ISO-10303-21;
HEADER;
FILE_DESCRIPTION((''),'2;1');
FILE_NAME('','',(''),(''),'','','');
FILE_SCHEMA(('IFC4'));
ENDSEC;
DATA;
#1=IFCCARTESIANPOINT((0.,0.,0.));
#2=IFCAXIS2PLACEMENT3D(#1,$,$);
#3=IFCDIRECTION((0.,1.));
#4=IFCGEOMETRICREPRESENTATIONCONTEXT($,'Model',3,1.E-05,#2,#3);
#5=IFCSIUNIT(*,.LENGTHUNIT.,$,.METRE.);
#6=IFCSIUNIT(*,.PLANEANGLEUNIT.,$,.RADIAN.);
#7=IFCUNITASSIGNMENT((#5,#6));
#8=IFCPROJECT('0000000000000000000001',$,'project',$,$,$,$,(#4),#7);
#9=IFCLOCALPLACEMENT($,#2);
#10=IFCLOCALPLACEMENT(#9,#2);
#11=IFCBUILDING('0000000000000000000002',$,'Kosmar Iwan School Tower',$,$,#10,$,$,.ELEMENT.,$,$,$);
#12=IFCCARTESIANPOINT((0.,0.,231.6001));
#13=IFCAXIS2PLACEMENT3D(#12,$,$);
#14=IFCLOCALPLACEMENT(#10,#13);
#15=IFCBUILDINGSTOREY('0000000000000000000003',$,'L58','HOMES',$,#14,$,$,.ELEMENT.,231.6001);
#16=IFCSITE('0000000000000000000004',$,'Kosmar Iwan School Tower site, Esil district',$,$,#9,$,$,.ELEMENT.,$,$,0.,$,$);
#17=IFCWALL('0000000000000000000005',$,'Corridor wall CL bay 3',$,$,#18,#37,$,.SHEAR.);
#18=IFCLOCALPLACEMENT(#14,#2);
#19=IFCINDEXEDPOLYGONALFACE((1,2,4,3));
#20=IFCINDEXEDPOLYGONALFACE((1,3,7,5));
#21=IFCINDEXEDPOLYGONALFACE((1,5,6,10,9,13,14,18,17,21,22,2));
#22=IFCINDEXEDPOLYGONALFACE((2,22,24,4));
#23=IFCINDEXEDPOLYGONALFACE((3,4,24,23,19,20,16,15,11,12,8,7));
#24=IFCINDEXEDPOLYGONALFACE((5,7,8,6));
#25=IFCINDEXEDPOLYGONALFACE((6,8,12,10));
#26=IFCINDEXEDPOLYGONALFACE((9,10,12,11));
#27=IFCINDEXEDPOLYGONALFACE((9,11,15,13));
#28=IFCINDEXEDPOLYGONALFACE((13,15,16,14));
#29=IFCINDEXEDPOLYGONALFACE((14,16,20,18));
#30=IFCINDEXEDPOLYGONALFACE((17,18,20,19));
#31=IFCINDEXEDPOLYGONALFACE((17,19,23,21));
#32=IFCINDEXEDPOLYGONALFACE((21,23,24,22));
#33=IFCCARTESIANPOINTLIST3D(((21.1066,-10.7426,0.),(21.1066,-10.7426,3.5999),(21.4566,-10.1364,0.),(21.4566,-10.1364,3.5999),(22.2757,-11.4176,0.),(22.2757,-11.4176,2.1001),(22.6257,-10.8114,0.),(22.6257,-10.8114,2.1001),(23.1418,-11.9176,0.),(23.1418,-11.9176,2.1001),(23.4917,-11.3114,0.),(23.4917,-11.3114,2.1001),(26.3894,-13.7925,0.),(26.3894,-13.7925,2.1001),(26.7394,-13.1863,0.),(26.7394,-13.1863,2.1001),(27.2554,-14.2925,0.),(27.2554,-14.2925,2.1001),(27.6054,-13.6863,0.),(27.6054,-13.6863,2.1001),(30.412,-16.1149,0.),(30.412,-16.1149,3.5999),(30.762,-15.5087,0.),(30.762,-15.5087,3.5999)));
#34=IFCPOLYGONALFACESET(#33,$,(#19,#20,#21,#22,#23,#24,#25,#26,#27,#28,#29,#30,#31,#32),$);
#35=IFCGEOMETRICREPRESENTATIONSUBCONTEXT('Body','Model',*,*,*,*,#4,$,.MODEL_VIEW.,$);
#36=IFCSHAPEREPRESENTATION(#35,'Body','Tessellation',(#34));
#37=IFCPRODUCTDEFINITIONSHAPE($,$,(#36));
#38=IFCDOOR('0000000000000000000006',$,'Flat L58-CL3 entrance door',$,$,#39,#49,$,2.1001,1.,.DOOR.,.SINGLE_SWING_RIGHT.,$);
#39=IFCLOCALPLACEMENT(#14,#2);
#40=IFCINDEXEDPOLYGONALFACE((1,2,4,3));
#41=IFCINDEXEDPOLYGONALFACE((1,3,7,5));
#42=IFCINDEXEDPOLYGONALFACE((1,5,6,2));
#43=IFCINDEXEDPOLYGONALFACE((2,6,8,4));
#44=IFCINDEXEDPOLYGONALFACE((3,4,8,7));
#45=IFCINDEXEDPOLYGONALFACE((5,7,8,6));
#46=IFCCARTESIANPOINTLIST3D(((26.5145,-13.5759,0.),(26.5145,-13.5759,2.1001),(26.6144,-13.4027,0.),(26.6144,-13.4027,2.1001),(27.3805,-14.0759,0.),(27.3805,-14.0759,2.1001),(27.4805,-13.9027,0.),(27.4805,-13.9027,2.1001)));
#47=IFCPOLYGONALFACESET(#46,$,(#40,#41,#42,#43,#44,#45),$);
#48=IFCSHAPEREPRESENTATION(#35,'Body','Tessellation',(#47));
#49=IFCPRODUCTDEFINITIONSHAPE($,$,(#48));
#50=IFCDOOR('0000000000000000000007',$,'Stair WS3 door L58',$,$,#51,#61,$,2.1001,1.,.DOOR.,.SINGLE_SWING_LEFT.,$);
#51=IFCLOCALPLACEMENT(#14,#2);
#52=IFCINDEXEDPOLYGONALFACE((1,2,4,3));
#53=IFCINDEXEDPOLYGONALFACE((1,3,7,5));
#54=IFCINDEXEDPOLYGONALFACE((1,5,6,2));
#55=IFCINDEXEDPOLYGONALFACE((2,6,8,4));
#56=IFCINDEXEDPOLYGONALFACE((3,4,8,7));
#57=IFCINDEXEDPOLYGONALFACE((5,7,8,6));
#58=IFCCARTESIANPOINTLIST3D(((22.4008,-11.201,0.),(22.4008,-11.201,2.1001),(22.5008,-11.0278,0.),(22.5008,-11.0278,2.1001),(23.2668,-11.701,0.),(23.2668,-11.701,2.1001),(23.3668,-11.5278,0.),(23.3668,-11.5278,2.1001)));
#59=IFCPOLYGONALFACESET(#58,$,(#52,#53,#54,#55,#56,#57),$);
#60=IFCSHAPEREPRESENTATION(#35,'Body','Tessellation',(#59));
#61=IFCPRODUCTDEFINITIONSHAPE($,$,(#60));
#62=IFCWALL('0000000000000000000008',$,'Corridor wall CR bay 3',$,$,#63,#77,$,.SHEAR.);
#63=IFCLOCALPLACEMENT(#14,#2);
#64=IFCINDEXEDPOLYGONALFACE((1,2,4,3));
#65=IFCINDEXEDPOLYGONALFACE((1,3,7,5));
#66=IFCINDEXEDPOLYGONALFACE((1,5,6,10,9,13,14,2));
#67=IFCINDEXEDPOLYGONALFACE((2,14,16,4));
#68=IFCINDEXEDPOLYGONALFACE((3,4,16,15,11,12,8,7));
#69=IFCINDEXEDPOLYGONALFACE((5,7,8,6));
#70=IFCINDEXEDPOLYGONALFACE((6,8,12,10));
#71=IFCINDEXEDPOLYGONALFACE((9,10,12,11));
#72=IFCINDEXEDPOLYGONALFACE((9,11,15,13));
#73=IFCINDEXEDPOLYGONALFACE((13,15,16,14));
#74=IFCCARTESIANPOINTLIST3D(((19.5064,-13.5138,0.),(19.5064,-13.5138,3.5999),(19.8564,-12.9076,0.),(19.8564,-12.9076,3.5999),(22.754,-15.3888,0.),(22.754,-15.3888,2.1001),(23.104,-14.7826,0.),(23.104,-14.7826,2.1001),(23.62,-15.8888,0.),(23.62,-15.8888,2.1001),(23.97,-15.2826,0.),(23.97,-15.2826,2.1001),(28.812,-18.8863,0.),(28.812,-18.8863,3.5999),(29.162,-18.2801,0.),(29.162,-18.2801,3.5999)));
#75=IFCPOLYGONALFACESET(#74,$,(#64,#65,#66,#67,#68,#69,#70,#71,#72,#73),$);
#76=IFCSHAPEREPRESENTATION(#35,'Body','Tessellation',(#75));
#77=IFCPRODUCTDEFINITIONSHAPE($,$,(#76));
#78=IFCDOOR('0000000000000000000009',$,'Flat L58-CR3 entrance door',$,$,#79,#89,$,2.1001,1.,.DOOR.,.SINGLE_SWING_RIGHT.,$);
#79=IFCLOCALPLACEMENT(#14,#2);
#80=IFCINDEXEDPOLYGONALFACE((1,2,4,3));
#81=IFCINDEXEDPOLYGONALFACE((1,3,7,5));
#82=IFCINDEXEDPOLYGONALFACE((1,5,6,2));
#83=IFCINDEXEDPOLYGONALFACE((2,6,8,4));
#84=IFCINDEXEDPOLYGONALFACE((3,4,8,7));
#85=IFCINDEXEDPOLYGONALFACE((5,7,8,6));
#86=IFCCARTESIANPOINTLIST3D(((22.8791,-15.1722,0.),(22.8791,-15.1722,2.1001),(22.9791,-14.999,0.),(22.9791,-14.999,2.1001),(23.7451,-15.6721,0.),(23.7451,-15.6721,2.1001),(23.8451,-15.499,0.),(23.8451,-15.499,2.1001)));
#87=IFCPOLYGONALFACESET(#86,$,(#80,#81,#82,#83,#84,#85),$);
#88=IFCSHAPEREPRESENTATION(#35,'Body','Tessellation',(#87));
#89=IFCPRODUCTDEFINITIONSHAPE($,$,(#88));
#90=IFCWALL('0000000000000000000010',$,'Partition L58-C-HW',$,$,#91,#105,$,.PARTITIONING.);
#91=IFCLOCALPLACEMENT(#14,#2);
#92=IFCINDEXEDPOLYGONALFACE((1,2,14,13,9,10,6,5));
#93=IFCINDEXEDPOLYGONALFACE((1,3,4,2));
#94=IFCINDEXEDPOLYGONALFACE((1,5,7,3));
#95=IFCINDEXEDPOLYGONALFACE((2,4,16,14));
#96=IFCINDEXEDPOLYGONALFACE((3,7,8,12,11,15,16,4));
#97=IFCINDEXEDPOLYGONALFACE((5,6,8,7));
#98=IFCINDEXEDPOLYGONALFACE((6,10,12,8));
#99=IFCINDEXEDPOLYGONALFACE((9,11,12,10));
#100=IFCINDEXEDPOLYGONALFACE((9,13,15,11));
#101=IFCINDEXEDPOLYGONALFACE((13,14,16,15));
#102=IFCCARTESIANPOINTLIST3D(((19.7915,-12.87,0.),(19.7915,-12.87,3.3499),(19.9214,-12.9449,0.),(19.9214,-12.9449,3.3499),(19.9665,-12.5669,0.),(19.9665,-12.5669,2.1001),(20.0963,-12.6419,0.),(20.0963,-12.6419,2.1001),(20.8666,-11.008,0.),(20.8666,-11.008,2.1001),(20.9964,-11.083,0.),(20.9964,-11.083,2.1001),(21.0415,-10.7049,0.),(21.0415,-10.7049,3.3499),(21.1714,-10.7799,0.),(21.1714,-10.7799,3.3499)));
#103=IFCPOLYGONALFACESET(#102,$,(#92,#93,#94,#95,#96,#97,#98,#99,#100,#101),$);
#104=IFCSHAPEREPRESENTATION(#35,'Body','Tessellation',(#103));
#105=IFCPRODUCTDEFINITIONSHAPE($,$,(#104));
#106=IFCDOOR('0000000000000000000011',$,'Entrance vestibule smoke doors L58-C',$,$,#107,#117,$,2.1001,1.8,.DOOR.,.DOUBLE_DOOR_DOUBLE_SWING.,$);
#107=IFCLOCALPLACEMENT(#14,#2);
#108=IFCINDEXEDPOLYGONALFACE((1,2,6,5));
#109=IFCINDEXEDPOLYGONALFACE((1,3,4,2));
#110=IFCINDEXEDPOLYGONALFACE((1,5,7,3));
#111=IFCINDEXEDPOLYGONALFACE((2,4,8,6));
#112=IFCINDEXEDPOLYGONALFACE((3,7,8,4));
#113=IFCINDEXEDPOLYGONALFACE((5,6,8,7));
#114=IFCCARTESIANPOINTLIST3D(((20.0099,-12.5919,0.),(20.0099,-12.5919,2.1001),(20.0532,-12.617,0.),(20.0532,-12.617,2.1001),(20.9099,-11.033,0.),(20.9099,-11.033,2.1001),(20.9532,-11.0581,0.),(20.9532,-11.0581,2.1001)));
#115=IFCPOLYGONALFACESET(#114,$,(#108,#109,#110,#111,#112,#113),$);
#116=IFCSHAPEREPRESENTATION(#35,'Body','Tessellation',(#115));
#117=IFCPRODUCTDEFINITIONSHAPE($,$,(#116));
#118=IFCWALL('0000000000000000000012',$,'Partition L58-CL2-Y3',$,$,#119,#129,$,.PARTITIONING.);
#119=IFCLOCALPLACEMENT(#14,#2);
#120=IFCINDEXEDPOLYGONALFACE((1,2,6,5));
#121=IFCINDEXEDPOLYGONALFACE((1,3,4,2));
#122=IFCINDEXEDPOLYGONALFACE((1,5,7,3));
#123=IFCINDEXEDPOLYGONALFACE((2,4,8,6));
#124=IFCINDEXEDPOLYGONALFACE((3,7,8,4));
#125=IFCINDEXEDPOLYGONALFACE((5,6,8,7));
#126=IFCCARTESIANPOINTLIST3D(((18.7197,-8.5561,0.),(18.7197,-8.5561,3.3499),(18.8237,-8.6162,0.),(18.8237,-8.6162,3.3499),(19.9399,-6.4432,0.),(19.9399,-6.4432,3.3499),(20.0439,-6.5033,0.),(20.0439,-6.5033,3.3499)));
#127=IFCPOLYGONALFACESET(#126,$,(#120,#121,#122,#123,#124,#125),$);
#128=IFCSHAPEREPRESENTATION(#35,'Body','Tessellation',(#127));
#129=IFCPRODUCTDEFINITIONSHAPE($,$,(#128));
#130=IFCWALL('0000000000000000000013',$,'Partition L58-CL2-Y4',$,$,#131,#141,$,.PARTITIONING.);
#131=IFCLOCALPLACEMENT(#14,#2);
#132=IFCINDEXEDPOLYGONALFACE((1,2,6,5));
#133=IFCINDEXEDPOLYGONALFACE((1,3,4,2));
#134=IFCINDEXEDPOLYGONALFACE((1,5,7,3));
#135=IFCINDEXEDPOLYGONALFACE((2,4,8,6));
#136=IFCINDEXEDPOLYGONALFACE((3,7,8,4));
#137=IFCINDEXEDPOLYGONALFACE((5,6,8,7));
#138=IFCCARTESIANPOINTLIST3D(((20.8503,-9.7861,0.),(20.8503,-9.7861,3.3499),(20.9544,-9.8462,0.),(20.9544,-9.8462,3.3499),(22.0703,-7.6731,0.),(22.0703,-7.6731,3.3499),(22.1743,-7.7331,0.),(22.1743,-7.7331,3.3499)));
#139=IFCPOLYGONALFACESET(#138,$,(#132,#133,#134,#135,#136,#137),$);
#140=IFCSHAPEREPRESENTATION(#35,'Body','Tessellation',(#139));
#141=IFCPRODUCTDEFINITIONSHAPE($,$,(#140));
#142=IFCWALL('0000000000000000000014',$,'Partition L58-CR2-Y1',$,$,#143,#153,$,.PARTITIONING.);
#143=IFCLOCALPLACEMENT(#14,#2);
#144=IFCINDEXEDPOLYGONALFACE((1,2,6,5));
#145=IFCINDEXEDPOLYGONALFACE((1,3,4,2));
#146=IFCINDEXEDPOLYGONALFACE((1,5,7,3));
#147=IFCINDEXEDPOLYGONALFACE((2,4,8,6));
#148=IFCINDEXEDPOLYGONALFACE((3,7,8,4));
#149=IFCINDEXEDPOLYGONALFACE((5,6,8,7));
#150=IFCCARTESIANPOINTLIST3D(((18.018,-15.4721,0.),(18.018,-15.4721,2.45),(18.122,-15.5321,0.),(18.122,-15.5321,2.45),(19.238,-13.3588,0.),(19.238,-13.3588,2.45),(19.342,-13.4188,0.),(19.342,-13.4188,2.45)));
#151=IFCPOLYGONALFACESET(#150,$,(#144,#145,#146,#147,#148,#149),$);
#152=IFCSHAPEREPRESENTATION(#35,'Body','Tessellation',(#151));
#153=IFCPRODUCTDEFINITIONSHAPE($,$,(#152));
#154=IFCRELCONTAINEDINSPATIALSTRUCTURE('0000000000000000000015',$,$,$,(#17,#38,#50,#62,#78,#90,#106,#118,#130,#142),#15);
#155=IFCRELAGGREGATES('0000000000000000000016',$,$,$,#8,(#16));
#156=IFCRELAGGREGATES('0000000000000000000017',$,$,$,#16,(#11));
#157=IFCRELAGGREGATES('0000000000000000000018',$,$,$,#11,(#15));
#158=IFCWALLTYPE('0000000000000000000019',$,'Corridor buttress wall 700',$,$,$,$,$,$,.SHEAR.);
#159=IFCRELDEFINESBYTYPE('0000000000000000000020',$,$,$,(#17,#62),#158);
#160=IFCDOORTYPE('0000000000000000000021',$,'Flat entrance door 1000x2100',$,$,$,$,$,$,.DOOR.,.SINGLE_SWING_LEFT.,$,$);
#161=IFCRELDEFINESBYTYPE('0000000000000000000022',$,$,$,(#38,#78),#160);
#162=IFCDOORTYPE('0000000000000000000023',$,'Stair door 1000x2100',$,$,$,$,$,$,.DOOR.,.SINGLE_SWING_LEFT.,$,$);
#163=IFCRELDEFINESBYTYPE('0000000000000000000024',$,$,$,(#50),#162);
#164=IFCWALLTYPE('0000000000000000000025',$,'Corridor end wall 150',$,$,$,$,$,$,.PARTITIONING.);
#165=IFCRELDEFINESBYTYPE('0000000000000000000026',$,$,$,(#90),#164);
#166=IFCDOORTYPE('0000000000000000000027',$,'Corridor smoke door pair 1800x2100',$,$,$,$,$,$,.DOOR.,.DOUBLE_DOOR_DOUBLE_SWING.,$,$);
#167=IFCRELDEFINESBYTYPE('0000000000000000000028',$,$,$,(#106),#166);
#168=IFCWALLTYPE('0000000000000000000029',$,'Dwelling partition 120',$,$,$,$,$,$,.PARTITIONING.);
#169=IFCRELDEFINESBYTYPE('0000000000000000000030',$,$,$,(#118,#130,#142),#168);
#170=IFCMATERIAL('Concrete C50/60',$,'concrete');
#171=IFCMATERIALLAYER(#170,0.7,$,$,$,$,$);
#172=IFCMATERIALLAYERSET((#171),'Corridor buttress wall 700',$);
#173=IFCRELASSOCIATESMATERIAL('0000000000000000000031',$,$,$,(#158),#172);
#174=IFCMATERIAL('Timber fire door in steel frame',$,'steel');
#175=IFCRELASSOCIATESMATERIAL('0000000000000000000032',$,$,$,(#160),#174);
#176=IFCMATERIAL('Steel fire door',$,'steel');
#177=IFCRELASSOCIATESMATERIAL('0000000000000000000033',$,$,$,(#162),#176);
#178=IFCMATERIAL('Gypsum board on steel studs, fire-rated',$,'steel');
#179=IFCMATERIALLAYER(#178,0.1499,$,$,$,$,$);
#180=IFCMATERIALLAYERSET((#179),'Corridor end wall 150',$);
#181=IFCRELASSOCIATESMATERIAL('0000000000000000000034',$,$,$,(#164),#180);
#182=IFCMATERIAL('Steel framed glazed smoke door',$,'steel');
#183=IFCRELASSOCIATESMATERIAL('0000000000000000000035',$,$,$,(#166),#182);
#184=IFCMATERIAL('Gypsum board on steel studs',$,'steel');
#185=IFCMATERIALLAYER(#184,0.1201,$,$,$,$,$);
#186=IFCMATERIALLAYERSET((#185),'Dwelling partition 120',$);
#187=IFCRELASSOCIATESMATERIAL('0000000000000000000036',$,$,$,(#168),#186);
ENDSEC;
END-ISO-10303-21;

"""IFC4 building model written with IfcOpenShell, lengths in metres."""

from ifc_helpers import new_model, si_unit, direction, frame, frame_2d, origin, place, context, subcontext, project, spatial, rectangle, extrude, material, layer, layer_set, type_object, element, fill, save


model = new_model("IFC4")

# Units and contexts
model_context = context("Model", 3, precision=1e-05, world=origin(), true_north=direction((0.0, 1.0)))
body_context = subcontext(model_context, "Body", "Model", "MODEL_VIEW")
ifc_project = project(units=[si_unit("LENGTHUNIT", "METRE"), si_unit("PLANEANGLEUNIT", "RADIAN")], contexts=[model_context])

# Site, building, storey
site_placement = place(None, origin())
site = spatial("IfcSite", under=ifc_project, at=site_placement, Name="Kosmar Iwan School Tower site, Esil district", CompositionType="ELEMENT", RefElevation=0.0)
building_placement = place(site_placement, origin())
building = spatial("IfcBuilding", under=site, at=building_placement, Name="Kosmar Iwan School Tower", CompositionType="ELEMENT")
storey_placement = place(building_placement, frame((0.0, 0.0, 231.6001)))
storey = spatial("IfcBuildingStorey", under=building, at=storey_placement, Name="L58", Description="HOMES", CompositionType="ELEMENT", Elevation=231.6001)

# Wall, openings, doors
ifc_material_1 = material(Name="Concrete C50/60", Category="concrete")
ifc_layer_1 = layer(ifc_material_1, 0.7)
ifc_layer_set_1 = layer_set([ifc_layer_1], Name="Corridor buttress wall 700")
wall_type_1 = type_object("IfcWallType", Name="Corridor buttress wall 700", PredefinedType="SHEAR", material=ifc_layer_set_1)
wall_1_placement = place(storey_placement, frame((21.2815, -10.4395, 0.0), z_axis=(0.0, 0.0, 1.0), x_axis=(0.866032, -0.499988, 0.0)))
wall_1 = element("IfcWall", 1, at=wall_1_placement, inside=storey, type_object=wall_type_1, Name="Corridor wall CL bay 3", PredefinedType="SHEAR", context=body_context, shape_type="SweptSolid", body=[
    extrude(rectangle(XDim=10.7449, YDim=0.7, at=frame_2d((5.3726, 0.0))), origin(), (0.0, 0.0, 1.0), 3.5999),
])
opening_1_placement = place(wall_1_placement, frame((6.1001, 0.0, 0.0)))
opening_1 = element("IfcOpeningElement", 2, at=opening_1_placement, cuts=wall_1, PredefinedType="OPENING", context=body_context, shape_type="SweptSolid", body=[
    extrude(rectangle(XDim=1.0, YDim=2.1001, at=frame_2d((0.5, 1.05))), frame((0.0, 0.3621, 0.0), z_axis=(0.0, -1.0, 0.0), x_axis=(1.0, 0.0, 0.0)), (0.0, 0.0, 1.0), 0.7239),
])
opening_2_placement = place(wall_1_placement, frame((1.3501, 0.0, 0.0)))
opening_2 = element("IfcOpeningElement", 3, at=opening_2_placement, cuts=wall_1, PredefinedType="OPENING", context=body_context, shape_type="SweptSolid", body=[
    extrude(rectangle(XDim=1.0, YDim=2.1001, at=frame_2d((0.5, 1.05))), frame((0.0, 0.3621, 0.0), z_axis=(0.0, -1.0, 0.0), x_axis=(1.0, 0.0, 0.0)), (0.0, 0.0, 1.0), 0.7239),
])
ifc_material_2 = material(Name="Timber fire door in steel frame", Category="steel")
door_type_1 = type_object("IfcDoorType", Name="Flat entrance door 1000x2100", OperationType="SINGLE_SWING_LEFT", PredefinedType="DOOR", material=ifc_material_2)
door_1_placement = place(opening_1_placement, origin())
door_1 = element("IfcDoor", 4, at=door_1_placement, inside=storey, type_object=door_type_1, Name="Flat L58-CL3 entrance door", OperationType="SINGLE_SWING_RIGHT", OverallHeight=2.1001, OverallWidth=1.0, PredefinedType="DOOR", context=body_context, shape_type="SweptSolid", body=[
    extrude(rectangle(XDim=1.0, YDim=2.1001, at=frame_2d((0.5, 1.05))), frame((0.0, 0.1001, 0.0), z_axis=(0.0, -1.0, 0.0), x_axis=(1.0, 0.0, 0.0)), (0.0, 0.0, 1.0), 0.2),
])
fill(opening_1, door_1)
ifc_material_3 = material(Name="Steel fire door", Category="steel")
door_type_2 = type_object("IfcDoorType", Name="Stair door 1000x2100", OperationType="SINGLE_SWING_LEFT", PredefinedType="DOOR", material=ifc_material_3)
door_2_placement = place(opening_2_placement, origin())
door_2 = element("IfcDoor", 5, at=door_2_placement, inside=storey, type_object=door_type_2, Name="Stair WS3 door L58", OperationType="SINGLE_SWING_LEFT", OverallHeight=2.1001, OverallWidth=1.0, PredefinedType="DOOR", context=body_context, shape_type="SweptSolid", body=[
    extrude(rectangle(XDim=1.0, YDim=2.1001, at=frame_2d((0.5, 1.05))), frame((0.0, 0.1001, 0.0), z_axis=(0.0, -1.0, 0.0), x_axis=(1.0, 0.0, 0.0)), (0.0, 0.0, 1.0), 0.2),
])
fill(opening_2, door_2)

# Walls, openings, doors
wall_2_placement = place(storey_placement, frame((19.6814, -13.2107, 0.0), z_axis=(0.0, 0.0, 1.0), x_axis=(0.866028, -0.499995, 0.0)))
wall_2 = element("IfcWall", 6, at=wall_2_placement, inside=storey, type_object=wall_type_1, Name="Corridor wall CR bay 3", PredefinedType="SHEAR", context=body_context, shape_type="SweptSolid", body=[
    extrude(rectangle(XDim=10.7451, YDim=0.7, at=frame_2d((5.3726, 0.0))), origin(), (0.0, 0.0, 1.0), 3.5999),
])
opening_3_placement = place(wall_2_placement, frame((3.75, 0.0, 0.0)))
opening_3 = element("IfcOpeningElement", 7, at=opening_3_placement, cuts=wall_2, PredefinedType="OPENING", context=body_context, shape_type="SweptSolid", body=[
    extrude(rectangle(XDim=1.0, YDim=2.1001, at=frame_2d((0.5, 1.05))), frame((0.0, 0.3621, 0.0), z_axis=(0.0, -1.0, 0.0), x_axis=(1.0, 0.0, 0.0)), (0.0, 0.0, 1.0), 0.7239),
])
door_3_placement = place(opening_3_placement, origin())
door_3 = element("IfcDoor", 8, at=door_3_placement, inside=storey, type_object=door_type_1, Name="Flat L58-CR3 entrance door", OperationType="SINGLE_SWING_RIGHT", OverallHeight=2.1001, OverallWidth=1.0, PredefinedType="DOOR", context=body_context, shape_type="SweptSolid", body=[
    extrude(rectangle(XDim=1.0, YDim=2.1001, at=frame_2d((0.5, 1.05))), frame((0.0, 0.1001, 0.0), z_axis=(0.0, -1.0, 0.0), x_axis=(1.0, 0.0, 0.0)), (0.0, 0.0, 1.0), 0.2),
])
fill(opening_3, door_3)
ifc_material_4 = material(Name="Gypsum board on steel studs, fire-rated", Category="steel")
ifc_layer_2 = layer(ifc_material_4, 0.1499)
ifc_layer_set_2 = layer_set([ifc_layer_2], Name="Corridor end wall 150")
wall_type_2 = type_object("IfcWallType", Name="Corridor end wall 150", PredefinedType="PARTITIONING", material=ifc_layer_set_2)
wall_3_placement = place(storey_placement, frame((19.8564, -12.9075, 0.0), z_axis=(0.0, 0.0, 1.0), x_axis=(0.500004, 0.866023, 0.0)))
wall_3 = element("IfcWall", 9, at=wall_3_placement, inside=storey, type_object=wall_type_2, Name="Partition L58-C-HW", PredefinedType="PARTITIONING", context=body_context, shape_type="SweptSolid", body=[
    extrude(rectangle(XDim=2.5, YDim=0.1499, at=frame_2d((1.25, 0.0))), origin(), (0.0, 0.0, 1.0), 3.3499),
])
opening_4_placement = place(wall_3_placement, frame((0.3501, 0.0, 0.0)))
opening_4 = element("IfcOpeningElement", 10, at=opening_4_placement, cuts=wall_3, PredefinedType="OPENING", context=body_context, shape_type="SweptSolid", body=[
    extrude(rectangle(XDim=1.8, YDim=2.1001, at=frame_2d((0.8999, 1.05))), frame((0.0, 0.0869, 0.0), z_axis=(0.0, -1.0, 0.0), x_axis=(1.0, 0.0, 0.0)), (0.0, 0.0, 1.0), 0.1738),
])
ifc_material_5 = material(Name="Steel framed glazed smoke door", Category="steel")
door_type_3 = type_object("IfcDoorType", Name="Corridor smoke door pair 1800x2100", OperationType="DOUBLE_DOOR_DOUBLE_SWING", PredefinedType="DOOR", material=ifc_material_5)
door_4_placement = place(opening_4_placement, origin())
door_4 = element("IfcDoor", 11, at=door_4_placement, inside=storey, type_object=door_type_3, Name="Entrance vestibule smoke doors L58-C", OperationType="DOUBLE_DOOR_DOUBLE_SWING", OverallHeight=2.1001, OverallWidth=1.8, PredefinedType="DOOR", context=body_context, shape_type="SweptSolid", body=[
    extrude(rectangle(XDim=1.8, YDim=2.1001, at=frame_2d((0.8999, 1.05))), frame((0.0, 0.0249, 0.0), z_axis=(0.0, -1.0, 0.0), x_axis=(1.0, 0.0, 0.0)), (0.0, 0.0, 1.0), 0.05),
])
fill(opening_4, door_4)

# Walls
ifc_material_6 = material(Name="Gypsum board on steel studs", Category="steel")
ifc_layer_3 = layer(ifc_material_6, 0.1201)
ifc_layer_set_3 = layer_set([ifc_layer_3], Name="Dwelling partition 120")
wall_type_3 = type_object("IfcWallType", Name="Dwelling partition 120", PredefinedType="PARTITIONING", material=ifc_layer_set_3)
for number, where, z_axis, x_axis, name in (
    (12, (18.7717, -8.5862, 0.0), (0.0, 0.0, 1.0), (0.500078, 0.865981, 0.0), "Partition L58-CL2-Y3"),
    (13, (20.9023, -9.8162, 0.0), (0.0, 0.0, 1.0), (0.500003, 0.866024, 0.0), "Partition L58-CL2-Y4"),
):
    element("IfcWall", number, at=place(storey_placement, frame(where, z_axis=z_axis, x_axis=x_axis)), inside=storey, type_object=wall_type_3, Name=name, PredefinedType="PARTITIONING", context=body_context, shape_type="SweptSolid", body=[
        extrude(rectangle(XDim=2.4399, YDim=0.1201, at=frame_2d((1.22, 0.0))), origin(), (0.0, 0.0, 1.0), 3.3499),
    ])
wall_4_placement = place(storey_placement, frame((19.29, -13.3887, 0.0), z_axis=(0.0, 0.0, 1.0), x_axis=(-0.499959, -0.866049, 0.0)))
element("IfcWall", 14, at=wall_4_placement, inside=storey, type_object=wall_type_3, Name="Partition L58-CR2-Y1", PredefinedType="PARTITIONING", context=body_context, shape_type="SweptSolid", body=[
    extrude(rectangle(XDim=2.4402, YDim=0.1201, at=frame_2d((1.2202, 0.0))), origin(), (0.0, 0.0, 1.0), 2.45),
])

save(model, "model.ifc")
